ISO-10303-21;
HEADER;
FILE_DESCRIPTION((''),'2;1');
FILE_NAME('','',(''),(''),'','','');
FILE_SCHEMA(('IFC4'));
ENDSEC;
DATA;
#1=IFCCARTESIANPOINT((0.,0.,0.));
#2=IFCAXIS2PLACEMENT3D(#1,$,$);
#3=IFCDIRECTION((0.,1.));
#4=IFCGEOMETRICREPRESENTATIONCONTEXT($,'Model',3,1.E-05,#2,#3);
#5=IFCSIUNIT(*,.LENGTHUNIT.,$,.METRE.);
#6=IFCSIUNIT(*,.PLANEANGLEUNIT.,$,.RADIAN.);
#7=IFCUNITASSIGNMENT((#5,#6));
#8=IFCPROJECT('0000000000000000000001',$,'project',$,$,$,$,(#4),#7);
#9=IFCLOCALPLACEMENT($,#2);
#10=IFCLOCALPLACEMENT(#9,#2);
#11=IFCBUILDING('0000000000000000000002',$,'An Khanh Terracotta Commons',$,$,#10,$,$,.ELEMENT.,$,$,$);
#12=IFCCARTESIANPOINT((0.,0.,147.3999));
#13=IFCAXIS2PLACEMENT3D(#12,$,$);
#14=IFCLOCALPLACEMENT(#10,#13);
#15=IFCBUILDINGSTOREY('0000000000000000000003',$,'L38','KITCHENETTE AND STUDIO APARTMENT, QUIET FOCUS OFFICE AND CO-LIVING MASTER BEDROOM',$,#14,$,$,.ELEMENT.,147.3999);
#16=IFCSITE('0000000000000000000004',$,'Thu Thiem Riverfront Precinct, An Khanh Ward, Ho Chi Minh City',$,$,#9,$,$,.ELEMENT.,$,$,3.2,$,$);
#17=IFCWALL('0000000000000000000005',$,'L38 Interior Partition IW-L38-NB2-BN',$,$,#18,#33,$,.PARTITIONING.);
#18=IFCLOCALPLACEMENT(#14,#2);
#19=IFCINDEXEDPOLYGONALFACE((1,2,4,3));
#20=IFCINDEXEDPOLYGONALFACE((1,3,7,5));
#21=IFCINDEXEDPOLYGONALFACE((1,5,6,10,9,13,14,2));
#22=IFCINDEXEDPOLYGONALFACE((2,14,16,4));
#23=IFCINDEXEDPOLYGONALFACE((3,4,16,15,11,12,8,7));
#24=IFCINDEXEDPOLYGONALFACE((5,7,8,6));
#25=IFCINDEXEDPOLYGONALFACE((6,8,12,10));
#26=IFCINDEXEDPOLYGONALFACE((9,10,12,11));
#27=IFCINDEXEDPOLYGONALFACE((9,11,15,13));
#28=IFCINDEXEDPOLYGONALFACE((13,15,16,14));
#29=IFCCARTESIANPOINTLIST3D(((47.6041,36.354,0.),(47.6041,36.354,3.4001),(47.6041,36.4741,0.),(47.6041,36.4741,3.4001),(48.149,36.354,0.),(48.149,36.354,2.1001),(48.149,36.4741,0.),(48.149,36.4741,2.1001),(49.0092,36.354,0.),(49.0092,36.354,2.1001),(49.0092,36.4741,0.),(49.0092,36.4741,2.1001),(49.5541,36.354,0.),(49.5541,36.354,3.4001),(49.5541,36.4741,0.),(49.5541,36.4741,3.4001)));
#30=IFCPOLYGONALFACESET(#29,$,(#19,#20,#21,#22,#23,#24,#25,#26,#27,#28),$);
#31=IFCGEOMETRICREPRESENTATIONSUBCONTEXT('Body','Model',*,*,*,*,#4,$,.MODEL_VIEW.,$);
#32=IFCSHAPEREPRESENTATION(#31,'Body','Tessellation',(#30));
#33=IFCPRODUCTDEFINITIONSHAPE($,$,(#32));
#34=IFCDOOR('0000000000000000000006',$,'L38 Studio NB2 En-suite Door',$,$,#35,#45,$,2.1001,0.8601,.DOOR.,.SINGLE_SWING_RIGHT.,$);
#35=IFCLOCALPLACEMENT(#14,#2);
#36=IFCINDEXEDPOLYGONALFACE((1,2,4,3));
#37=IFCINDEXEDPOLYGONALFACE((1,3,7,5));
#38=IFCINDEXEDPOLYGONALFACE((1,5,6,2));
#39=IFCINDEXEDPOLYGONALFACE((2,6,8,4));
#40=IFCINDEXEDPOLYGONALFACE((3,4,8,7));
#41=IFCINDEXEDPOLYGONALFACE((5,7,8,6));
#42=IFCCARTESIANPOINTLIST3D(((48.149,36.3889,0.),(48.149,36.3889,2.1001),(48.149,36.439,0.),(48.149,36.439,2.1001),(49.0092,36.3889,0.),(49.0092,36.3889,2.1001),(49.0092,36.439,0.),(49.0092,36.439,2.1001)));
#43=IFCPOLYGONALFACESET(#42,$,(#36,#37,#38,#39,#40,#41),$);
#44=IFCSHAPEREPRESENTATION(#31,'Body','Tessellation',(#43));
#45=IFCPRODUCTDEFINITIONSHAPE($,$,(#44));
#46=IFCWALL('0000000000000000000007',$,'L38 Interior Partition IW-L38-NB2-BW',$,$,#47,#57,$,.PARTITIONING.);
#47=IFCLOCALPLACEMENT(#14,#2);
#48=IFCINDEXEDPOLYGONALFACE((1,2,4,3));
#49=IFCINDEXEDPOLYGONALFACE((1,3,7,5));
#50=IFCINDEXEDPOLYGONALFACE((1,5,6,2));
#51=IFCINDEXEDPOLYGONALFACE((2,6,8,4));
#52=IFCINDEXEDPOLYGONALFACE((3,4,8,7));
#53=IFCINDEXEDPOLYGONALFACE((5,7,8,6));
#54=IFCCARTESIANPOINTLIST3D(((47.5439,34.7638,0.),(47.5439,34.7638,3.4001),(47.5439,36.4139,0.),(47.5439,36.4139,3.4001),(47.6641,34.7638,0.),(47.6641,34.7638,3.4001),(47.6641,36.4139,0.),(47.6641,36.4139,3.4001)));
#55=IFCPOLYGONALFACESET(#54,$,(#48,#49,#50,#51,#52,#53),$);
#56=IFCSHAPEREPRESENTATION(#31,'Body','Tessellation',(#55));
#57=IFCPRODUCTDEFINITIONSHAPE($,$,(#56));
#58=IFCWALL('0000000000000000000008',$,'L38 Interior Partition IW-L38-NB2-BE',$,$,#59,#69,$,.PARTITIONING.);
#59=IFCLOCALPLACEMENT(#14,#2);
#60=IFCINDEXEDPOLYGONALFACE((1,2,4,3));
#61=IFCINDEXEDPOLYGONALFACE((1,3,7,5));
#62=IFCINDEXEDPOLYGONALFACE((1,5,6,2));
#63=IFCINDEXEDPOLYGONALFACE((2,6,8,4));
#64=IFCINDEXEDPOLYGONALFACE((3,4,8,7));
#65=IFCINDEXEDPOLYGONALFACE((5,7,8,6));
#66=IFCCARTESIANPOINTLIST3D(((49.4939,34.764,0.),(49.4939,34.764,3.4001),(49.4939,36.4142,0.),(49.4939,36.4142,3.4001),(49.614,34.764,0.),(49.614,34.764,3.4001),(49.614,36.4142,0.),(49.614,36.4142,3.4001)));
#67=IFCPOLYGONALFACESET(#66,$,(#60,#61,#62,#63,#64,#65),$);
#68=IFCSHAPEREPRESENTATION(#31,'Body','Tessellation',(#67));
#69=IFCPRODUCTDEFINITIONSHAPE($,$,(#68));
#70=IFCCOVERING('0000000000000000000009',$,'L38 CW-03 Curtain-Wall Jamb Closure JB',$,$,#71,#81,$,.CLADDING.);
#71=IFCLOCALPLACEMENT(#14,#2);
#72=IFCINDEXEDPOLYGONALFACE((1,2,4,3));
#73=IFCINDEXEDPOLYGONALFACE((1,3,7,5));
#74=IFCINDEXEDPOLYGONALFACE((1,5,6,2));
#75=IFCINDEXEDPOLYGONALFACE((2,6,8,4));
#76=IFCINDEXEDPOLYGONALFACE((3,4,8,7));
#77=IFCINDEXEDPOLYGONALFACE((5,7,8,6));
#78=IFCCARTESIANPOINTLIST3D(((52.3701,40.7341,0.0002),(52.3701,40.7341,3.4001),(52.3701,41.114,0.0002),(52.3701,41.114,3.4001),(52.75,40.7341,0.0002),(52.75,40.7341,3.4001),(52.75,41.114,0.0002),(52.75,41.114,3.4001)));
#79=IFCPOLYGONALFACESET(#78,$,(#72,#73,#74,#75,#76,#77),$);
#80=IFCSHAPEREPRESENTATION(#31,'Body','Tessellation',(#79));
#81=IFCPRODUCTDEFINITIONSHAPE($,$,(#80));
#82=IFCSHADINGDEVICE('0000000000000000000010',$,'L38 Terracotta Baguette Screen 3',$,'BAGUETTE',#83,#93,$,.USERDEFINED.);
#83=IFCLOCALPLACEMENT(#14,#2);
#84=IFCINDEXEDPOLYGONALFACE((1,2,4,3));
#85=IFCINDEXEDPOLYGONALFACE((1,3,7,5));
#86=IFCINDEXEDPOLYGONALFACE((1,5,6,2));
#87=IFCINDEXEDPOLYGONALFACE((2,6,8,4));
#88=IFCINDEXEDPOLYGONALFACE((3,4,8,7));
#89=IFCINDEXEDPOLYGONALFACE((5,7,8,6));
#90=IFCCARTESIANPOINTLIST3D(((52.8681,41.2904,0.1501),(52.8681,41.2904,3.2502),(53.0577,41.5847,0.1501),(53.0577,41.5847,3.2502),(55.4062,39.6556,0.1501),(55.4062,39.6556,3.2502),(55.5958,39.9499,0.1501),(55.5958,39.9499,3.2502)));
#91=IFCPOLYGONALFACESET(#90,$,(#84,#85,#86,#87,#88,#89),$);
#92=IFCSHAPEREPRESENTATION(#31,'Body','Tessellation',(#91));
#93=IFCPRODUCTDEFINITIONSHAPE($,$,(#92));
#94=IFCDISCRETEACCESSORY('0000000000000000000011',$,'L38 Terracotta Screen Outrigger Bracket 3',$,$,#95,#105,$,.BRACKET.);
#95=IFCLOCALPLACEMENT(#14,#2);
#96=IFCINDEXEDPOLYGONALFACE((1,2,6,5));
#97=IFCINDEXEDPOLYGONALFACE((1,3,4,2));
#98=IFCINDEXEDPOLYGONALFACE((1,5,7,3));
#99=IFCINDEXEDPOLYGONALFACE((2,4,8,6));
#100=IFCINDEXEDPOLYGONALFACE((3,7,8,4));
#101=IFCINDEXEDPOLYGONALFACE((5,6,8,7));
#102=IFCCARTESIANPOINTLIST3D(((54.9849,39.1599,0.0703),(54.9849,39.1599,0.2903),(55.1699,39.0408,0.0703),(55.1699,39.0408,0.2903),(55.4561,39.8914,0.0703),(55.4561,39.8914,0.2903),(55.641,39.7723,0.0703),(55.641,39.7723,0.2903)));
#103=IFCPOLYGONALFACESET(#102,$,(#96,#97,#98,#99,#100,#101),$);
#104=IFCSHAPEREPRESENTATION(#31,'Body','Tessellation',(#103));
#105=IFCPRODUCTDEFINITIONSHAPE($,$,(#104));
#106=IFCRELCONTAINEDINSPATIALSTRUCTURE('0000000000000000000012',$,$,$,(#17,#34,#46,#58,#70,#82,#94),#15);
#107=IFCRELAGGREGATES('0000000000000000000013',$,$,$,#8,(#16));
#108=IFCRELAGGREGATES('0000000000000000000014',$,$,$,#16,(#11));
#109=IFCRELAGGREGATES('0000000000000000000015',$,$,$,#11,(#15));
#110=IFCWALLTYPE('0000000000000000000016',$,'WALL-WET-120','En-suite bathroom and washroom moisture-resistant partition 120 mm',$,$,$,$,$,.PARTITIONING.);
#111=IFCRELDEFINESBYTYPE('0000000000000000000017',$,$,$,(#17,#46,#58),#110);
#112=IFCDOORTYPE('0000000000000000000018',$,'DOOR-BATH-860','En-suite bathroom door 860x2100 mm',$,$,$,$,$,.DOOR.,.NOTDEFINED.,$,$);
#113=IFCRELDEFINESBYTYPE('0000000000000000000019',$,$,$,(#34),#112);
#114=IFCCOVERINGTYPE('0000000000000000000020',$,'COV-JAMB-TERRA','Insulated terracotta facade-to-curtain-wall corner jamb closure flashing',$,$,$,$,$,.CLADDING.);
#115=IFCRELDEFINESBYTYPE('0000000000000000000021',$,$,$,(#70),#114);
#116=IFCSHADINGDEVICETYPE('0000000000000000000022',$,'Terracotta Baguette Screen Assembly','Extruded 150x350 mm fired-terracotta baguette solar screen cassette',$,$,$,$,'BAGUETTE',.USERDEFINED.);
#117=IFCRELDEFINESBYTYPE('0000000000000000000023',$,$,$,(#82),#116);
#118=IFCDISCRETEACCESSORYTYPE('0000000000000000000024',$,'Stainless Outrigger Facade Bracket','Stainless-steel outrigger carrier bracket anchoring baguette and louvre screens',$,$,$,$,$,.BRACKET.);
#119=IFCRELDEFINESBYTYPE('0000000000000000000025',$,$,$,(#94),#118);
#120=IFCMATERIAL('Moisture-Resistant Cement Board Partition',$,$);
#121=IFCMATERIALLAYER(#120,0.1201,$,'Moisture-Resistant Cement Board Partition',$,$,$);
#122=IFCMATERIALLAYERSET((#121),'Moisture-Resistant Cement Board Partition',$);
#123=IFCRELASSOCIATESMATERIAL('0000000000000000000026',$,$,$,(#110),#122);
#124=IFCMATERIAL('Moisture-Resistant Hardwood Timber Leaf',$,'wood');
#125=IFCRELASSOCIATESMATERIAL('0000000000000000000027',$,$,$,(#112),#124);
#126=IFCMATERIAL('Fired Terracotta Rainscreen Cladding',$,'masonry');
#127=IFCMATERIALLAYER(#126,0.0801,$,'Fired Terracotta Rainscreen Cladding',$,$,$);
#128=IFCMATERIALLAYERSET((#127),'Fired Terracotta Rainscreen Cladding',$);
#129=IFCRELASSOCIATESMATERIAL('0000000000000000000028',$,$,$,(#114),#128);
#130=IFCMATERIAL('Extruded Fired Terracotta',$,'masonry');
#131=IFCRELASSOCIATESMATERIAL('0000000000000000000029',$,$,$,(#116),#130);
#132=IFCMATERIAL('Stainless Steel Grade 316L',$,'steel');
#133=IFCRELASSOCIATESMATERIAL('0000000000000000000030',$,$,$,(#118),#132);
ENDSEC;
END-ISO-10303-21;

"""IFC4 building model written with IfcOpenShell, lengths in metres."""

from ifc_helpers import new_model, si_unit, direction, frame, frame_2d, origin, origin_2d, place, context, subcontext, project, spatial, rectangle, extrude, material, layer, layer_set, type_object, element, fill, save


model = new_model("IFC4")

# Units and contexts
model_context = context("Model", 3, precision=1e-05, world=origin(), true_north=direction((0.0, 1.0)))
body_context = subcontext(model_context, "Body", "Model", "MODEL_VIEW")
ifc_project = project(units=[si_unit("LENGTHUNIT", "METRE"), si_unit("PLANEANGLEUNIT", "RADIAN")], contexts=[model_context])

# Site, building, storey
site_placement = place(None, origin())
site = spatial("IfcSite", under=ifc_project, at=site_placement, Name="Thu Thiem Riverfront Precinct, An Khanh Ward, Ho Chi Minh City", CompositionType="ELEMENT", RefElevation=3.2)
building_placement = place(site_placement, origin())
building = spatial("IfcBuilding", under=site, at=building_placement, Name="An Khanh Terracotta Commons", CompositionType="ELEMENT")
storey_placement = place(building_placement, frame((0.0, 0.0, 147.3999)))
storey = spatial("IfcBuildingStorey", under=building, at=storey_placement, Name="L38", Description="KITCHENETTE AND STUDIO APARTMENT, QUIET FOCUS OFFICE AND CO-LIVING MASTER BEDROOM", CompositionType="ELEMENT", Elevation=147.3999)

# Wall, opening, door
ifc_material_1 = material(Name="Moisture-Resistant Cement Board Partition")
ifc_layer_1 = layer(ifc_material_1, 0.1201, Name="Moisture-Resistant Cement Board Partition")
ifc_layer_set_1 = layer_set([ifc_layer_1], Name="Moisture-Resistant Cement Board Partition")
wall_type_1 = type_object("IfcWallType", Name="WALL-WET-120", Description="En-suite bathroom and washroom moisture-resistant partition 120 mm", PredefinedType="PARTITIONING", material=ifc_layer_set_1)
wall_1_placement = place(storey_placement, frame((47.604, 36.4141, 0.0), z_axis=(0.0, 0.0, 1.0), x_axis=(1.0, 0.0, 0.0)))
wall_1 = element("IfcWall", 1, at=wall_1_placement, inside=storey, type_object=wall_type_1, Name="L38 Interior Partition IW-L38-NB2-BN", PredefinedType="PARTITIONING", context=body_context, shape_type="SweptSolid", body=[
    extrude(rectangle(XDim=1.95, YDim=0.1201, at=frame_2d((0.9751, 0.0))), origin(), (0.0, 0.0, 1.0), 3.4001),
])
opening_1_placement = place(wall_1_placement, frame((0.5449, 0.0, 0.0)))
opening_1 = element("IfcOpeningElement", 2, at=opening_1_placement, cuts=wall_1, PredefinedType="OPENING", context=body_context, shape_type="SweptSolid", body=[
    extrude(rectangle(XDim=0.8601, YDim=2.1001, at=frame_2d((0.4302, 1.05))), frame((0.0, 0.0701, 0.0), z_axis=(0.0, -1.0, 0.0), x_axis=(1.0, 0.0, 0.0)), (0.0, 0.0, 1.0), 0.1401),
])
ifc_material_2 = material(Name="Moisture-Resistant Hardwood Timber Leaf", Category="wood")
door_type_1 = type_object("IfcDoorType", Name="DOOR-BATH-860", Description="En-suite bathroom door 860x2100 mm", OperationType="NOTDEFINED", PredefinedType="DOOR", material=ifc_material_2)
door_1_placement = place(opening_1_placement, origin())
door_1 = element("IfcDoor", 3, at=door_1_placement, inside=storey, type_object=door_type_1, Name="L38 Studio NB2 En-suite Door", OperationType="SINGLE_SWING_RIGHT", OverallHeight=2.1001, OverallWidth=0.8601, PredefinedType="DOOR", context=body_context, shape_type="SweptSolid", body=[
    extrude(rectangle(XDim=0.8601, YDim=2.1001, at=frame_2d((0.4302, 1.05))), frame((0.0, 0.0249, 0.0), z_axis=(0.0, -1.0, 0.0), x_axis=(1.0, 0.0, 0.0)), (0.0, 0.0, 1.0), 0.05),
])
fill(opening_1, door_1)

# Walls
for number, where, z_axis, x_axis, name in (
    (4, (47.604, 36.4141, 0.0), (0.0, 0.0, 1.0), (0.0, -1.0, 0.0), "L38 Interior Partition IW-L38-NB2-BW"),
    (5, (49.554, 34.7639, 0.0), (0.0, 0.0, 1.0), (0.0, 1.0, 0.0), "L38 Interior Partition IW-L38-NB2-BE"),
):
    element("IfcWall", number, at=place(storey_placement, frame(where, z_axis=z_axis, x_axis=x_axis)), inside=storey, type_object=wall_type_1, Name=name, PredefinedType="PARTITIONING", context=body_context, shape_type="SweptSolid", body=[
        extrude(rectangle(XDim=1.6501, YDim=0.1201, at=frame_2d((0.8252, 0.0))), origin(), (0.0, 0.0, 1.0), 3.4001),
    ])

# Covering
ifc_material_3 = material(Name="Fired Terracotta Rainscreen Cladding", Category="masonry")
ifc_layer_2 = layer(ifc_material_3, 0.0801, Name="Fired Terracotta Rainscreen Cladding")
ifc_layer_set_2 = layer_set([ifc_layer_2], Name="Fired Terracotta Rainscreen Cladding")
covering_type = type_object("IfcCoveringType", Name="COV-JAMB-TERRA", Description="Insulated terracotta facade-to-curtain-wall corner jamb closure flashing", PredefinedType="CLADDING", material=ifc_layer_set_2)
covering_placement = place(storey_placement, frame((52.5601, 40.9241, 0.0002), z_axis=(0.0, 0.0, 1.0), x_axis=(1.0, 0.0, 0.0)))
element("IfcCovering", 6, at=covering_placement, inside=storey, type_object=covering_type, Name="L38 CW-03 Curtain-Wall Jamb Closure JB", PredefinedType="CLADDING", context=body_context, shape_type="SweptSolid", body=[
    extrude(rectangle(XDim=0.3799, YDim=0.3799, at=origin_2d()), origin(), (0.0, 0.0, 1.0), 3.3999),
])

# Shading device
ifc_material_4 = material(Name="Extruded Fired Terracotta", Category="masonry")
shading_device_type = type_object("IfcShadingDeviceType", Name="Terracotta Baguette Screen Assembly", Description="Extruded 150x350 mm fired-terracotta baguette solar screen cassette", ElementType="BAGUETTE", PredefinedType="USERDEFINED", material=ifc_material_4)
shading_device_placement = place(storey_placement, frame((54.2319, 40.6201, 0.1501), z_axis=(0.0, 0.0, 1.0), x_axis=(-0.840702, 0.541498, 0.0)))
element("IfcShadingDevice", 7, at=shading_device_placement, inside=storey, type_object=shading_device_type, Name="L38 Terracotta Baguette Screen 3", ObjectType="BAGUETTE", PredefinedType="USERDEFINED", context=body_context, shape_type="SweptSolid", body=[
    extrude(rectangle(XDim=3.019, YDim=0.3501, at=origin_2d()), origin(), (0.0, 0.0, 1.0), 3.1001),
])

# Discrete accessory
ifc_material_5 = material(Name="Stainless Steel Grade 316L", Category="steel")
discrete_accessory_type = type_object("IfcDiscreteAccessoryType", Name="Stainless Outrigger Facade Bracket", Description="Stainless-steel outrigger carrier bracket anchoring baguette and louvre screens", PredefinedType="BRACKET", material=ifc_material_5)
discrete_accessory_placement = place(storey_placement, frame((55.313, 39.4661, 0.0703), z_axis=(0.0, 0.0, 1.0), x_axis=(-0.840702, 0.541498, 0.0)))
element("IfcDiscreteAccessory", 8, at=discrete_accessory_placement, inside=storey, type_object=discrete_accessory_type, Name="L38 Terracotta Screen Outrigger Bracket 3", PredefinedType="BRACKET", context=body_context, shape_type="SweptSolid", body=[
    extrude(rectangle(XDim=0.22, YDim=0.8701, at=origin_2d()), origin(), (0.0, 0.0, 1.0), 0.22),
])

save(model, "model.ifc")
